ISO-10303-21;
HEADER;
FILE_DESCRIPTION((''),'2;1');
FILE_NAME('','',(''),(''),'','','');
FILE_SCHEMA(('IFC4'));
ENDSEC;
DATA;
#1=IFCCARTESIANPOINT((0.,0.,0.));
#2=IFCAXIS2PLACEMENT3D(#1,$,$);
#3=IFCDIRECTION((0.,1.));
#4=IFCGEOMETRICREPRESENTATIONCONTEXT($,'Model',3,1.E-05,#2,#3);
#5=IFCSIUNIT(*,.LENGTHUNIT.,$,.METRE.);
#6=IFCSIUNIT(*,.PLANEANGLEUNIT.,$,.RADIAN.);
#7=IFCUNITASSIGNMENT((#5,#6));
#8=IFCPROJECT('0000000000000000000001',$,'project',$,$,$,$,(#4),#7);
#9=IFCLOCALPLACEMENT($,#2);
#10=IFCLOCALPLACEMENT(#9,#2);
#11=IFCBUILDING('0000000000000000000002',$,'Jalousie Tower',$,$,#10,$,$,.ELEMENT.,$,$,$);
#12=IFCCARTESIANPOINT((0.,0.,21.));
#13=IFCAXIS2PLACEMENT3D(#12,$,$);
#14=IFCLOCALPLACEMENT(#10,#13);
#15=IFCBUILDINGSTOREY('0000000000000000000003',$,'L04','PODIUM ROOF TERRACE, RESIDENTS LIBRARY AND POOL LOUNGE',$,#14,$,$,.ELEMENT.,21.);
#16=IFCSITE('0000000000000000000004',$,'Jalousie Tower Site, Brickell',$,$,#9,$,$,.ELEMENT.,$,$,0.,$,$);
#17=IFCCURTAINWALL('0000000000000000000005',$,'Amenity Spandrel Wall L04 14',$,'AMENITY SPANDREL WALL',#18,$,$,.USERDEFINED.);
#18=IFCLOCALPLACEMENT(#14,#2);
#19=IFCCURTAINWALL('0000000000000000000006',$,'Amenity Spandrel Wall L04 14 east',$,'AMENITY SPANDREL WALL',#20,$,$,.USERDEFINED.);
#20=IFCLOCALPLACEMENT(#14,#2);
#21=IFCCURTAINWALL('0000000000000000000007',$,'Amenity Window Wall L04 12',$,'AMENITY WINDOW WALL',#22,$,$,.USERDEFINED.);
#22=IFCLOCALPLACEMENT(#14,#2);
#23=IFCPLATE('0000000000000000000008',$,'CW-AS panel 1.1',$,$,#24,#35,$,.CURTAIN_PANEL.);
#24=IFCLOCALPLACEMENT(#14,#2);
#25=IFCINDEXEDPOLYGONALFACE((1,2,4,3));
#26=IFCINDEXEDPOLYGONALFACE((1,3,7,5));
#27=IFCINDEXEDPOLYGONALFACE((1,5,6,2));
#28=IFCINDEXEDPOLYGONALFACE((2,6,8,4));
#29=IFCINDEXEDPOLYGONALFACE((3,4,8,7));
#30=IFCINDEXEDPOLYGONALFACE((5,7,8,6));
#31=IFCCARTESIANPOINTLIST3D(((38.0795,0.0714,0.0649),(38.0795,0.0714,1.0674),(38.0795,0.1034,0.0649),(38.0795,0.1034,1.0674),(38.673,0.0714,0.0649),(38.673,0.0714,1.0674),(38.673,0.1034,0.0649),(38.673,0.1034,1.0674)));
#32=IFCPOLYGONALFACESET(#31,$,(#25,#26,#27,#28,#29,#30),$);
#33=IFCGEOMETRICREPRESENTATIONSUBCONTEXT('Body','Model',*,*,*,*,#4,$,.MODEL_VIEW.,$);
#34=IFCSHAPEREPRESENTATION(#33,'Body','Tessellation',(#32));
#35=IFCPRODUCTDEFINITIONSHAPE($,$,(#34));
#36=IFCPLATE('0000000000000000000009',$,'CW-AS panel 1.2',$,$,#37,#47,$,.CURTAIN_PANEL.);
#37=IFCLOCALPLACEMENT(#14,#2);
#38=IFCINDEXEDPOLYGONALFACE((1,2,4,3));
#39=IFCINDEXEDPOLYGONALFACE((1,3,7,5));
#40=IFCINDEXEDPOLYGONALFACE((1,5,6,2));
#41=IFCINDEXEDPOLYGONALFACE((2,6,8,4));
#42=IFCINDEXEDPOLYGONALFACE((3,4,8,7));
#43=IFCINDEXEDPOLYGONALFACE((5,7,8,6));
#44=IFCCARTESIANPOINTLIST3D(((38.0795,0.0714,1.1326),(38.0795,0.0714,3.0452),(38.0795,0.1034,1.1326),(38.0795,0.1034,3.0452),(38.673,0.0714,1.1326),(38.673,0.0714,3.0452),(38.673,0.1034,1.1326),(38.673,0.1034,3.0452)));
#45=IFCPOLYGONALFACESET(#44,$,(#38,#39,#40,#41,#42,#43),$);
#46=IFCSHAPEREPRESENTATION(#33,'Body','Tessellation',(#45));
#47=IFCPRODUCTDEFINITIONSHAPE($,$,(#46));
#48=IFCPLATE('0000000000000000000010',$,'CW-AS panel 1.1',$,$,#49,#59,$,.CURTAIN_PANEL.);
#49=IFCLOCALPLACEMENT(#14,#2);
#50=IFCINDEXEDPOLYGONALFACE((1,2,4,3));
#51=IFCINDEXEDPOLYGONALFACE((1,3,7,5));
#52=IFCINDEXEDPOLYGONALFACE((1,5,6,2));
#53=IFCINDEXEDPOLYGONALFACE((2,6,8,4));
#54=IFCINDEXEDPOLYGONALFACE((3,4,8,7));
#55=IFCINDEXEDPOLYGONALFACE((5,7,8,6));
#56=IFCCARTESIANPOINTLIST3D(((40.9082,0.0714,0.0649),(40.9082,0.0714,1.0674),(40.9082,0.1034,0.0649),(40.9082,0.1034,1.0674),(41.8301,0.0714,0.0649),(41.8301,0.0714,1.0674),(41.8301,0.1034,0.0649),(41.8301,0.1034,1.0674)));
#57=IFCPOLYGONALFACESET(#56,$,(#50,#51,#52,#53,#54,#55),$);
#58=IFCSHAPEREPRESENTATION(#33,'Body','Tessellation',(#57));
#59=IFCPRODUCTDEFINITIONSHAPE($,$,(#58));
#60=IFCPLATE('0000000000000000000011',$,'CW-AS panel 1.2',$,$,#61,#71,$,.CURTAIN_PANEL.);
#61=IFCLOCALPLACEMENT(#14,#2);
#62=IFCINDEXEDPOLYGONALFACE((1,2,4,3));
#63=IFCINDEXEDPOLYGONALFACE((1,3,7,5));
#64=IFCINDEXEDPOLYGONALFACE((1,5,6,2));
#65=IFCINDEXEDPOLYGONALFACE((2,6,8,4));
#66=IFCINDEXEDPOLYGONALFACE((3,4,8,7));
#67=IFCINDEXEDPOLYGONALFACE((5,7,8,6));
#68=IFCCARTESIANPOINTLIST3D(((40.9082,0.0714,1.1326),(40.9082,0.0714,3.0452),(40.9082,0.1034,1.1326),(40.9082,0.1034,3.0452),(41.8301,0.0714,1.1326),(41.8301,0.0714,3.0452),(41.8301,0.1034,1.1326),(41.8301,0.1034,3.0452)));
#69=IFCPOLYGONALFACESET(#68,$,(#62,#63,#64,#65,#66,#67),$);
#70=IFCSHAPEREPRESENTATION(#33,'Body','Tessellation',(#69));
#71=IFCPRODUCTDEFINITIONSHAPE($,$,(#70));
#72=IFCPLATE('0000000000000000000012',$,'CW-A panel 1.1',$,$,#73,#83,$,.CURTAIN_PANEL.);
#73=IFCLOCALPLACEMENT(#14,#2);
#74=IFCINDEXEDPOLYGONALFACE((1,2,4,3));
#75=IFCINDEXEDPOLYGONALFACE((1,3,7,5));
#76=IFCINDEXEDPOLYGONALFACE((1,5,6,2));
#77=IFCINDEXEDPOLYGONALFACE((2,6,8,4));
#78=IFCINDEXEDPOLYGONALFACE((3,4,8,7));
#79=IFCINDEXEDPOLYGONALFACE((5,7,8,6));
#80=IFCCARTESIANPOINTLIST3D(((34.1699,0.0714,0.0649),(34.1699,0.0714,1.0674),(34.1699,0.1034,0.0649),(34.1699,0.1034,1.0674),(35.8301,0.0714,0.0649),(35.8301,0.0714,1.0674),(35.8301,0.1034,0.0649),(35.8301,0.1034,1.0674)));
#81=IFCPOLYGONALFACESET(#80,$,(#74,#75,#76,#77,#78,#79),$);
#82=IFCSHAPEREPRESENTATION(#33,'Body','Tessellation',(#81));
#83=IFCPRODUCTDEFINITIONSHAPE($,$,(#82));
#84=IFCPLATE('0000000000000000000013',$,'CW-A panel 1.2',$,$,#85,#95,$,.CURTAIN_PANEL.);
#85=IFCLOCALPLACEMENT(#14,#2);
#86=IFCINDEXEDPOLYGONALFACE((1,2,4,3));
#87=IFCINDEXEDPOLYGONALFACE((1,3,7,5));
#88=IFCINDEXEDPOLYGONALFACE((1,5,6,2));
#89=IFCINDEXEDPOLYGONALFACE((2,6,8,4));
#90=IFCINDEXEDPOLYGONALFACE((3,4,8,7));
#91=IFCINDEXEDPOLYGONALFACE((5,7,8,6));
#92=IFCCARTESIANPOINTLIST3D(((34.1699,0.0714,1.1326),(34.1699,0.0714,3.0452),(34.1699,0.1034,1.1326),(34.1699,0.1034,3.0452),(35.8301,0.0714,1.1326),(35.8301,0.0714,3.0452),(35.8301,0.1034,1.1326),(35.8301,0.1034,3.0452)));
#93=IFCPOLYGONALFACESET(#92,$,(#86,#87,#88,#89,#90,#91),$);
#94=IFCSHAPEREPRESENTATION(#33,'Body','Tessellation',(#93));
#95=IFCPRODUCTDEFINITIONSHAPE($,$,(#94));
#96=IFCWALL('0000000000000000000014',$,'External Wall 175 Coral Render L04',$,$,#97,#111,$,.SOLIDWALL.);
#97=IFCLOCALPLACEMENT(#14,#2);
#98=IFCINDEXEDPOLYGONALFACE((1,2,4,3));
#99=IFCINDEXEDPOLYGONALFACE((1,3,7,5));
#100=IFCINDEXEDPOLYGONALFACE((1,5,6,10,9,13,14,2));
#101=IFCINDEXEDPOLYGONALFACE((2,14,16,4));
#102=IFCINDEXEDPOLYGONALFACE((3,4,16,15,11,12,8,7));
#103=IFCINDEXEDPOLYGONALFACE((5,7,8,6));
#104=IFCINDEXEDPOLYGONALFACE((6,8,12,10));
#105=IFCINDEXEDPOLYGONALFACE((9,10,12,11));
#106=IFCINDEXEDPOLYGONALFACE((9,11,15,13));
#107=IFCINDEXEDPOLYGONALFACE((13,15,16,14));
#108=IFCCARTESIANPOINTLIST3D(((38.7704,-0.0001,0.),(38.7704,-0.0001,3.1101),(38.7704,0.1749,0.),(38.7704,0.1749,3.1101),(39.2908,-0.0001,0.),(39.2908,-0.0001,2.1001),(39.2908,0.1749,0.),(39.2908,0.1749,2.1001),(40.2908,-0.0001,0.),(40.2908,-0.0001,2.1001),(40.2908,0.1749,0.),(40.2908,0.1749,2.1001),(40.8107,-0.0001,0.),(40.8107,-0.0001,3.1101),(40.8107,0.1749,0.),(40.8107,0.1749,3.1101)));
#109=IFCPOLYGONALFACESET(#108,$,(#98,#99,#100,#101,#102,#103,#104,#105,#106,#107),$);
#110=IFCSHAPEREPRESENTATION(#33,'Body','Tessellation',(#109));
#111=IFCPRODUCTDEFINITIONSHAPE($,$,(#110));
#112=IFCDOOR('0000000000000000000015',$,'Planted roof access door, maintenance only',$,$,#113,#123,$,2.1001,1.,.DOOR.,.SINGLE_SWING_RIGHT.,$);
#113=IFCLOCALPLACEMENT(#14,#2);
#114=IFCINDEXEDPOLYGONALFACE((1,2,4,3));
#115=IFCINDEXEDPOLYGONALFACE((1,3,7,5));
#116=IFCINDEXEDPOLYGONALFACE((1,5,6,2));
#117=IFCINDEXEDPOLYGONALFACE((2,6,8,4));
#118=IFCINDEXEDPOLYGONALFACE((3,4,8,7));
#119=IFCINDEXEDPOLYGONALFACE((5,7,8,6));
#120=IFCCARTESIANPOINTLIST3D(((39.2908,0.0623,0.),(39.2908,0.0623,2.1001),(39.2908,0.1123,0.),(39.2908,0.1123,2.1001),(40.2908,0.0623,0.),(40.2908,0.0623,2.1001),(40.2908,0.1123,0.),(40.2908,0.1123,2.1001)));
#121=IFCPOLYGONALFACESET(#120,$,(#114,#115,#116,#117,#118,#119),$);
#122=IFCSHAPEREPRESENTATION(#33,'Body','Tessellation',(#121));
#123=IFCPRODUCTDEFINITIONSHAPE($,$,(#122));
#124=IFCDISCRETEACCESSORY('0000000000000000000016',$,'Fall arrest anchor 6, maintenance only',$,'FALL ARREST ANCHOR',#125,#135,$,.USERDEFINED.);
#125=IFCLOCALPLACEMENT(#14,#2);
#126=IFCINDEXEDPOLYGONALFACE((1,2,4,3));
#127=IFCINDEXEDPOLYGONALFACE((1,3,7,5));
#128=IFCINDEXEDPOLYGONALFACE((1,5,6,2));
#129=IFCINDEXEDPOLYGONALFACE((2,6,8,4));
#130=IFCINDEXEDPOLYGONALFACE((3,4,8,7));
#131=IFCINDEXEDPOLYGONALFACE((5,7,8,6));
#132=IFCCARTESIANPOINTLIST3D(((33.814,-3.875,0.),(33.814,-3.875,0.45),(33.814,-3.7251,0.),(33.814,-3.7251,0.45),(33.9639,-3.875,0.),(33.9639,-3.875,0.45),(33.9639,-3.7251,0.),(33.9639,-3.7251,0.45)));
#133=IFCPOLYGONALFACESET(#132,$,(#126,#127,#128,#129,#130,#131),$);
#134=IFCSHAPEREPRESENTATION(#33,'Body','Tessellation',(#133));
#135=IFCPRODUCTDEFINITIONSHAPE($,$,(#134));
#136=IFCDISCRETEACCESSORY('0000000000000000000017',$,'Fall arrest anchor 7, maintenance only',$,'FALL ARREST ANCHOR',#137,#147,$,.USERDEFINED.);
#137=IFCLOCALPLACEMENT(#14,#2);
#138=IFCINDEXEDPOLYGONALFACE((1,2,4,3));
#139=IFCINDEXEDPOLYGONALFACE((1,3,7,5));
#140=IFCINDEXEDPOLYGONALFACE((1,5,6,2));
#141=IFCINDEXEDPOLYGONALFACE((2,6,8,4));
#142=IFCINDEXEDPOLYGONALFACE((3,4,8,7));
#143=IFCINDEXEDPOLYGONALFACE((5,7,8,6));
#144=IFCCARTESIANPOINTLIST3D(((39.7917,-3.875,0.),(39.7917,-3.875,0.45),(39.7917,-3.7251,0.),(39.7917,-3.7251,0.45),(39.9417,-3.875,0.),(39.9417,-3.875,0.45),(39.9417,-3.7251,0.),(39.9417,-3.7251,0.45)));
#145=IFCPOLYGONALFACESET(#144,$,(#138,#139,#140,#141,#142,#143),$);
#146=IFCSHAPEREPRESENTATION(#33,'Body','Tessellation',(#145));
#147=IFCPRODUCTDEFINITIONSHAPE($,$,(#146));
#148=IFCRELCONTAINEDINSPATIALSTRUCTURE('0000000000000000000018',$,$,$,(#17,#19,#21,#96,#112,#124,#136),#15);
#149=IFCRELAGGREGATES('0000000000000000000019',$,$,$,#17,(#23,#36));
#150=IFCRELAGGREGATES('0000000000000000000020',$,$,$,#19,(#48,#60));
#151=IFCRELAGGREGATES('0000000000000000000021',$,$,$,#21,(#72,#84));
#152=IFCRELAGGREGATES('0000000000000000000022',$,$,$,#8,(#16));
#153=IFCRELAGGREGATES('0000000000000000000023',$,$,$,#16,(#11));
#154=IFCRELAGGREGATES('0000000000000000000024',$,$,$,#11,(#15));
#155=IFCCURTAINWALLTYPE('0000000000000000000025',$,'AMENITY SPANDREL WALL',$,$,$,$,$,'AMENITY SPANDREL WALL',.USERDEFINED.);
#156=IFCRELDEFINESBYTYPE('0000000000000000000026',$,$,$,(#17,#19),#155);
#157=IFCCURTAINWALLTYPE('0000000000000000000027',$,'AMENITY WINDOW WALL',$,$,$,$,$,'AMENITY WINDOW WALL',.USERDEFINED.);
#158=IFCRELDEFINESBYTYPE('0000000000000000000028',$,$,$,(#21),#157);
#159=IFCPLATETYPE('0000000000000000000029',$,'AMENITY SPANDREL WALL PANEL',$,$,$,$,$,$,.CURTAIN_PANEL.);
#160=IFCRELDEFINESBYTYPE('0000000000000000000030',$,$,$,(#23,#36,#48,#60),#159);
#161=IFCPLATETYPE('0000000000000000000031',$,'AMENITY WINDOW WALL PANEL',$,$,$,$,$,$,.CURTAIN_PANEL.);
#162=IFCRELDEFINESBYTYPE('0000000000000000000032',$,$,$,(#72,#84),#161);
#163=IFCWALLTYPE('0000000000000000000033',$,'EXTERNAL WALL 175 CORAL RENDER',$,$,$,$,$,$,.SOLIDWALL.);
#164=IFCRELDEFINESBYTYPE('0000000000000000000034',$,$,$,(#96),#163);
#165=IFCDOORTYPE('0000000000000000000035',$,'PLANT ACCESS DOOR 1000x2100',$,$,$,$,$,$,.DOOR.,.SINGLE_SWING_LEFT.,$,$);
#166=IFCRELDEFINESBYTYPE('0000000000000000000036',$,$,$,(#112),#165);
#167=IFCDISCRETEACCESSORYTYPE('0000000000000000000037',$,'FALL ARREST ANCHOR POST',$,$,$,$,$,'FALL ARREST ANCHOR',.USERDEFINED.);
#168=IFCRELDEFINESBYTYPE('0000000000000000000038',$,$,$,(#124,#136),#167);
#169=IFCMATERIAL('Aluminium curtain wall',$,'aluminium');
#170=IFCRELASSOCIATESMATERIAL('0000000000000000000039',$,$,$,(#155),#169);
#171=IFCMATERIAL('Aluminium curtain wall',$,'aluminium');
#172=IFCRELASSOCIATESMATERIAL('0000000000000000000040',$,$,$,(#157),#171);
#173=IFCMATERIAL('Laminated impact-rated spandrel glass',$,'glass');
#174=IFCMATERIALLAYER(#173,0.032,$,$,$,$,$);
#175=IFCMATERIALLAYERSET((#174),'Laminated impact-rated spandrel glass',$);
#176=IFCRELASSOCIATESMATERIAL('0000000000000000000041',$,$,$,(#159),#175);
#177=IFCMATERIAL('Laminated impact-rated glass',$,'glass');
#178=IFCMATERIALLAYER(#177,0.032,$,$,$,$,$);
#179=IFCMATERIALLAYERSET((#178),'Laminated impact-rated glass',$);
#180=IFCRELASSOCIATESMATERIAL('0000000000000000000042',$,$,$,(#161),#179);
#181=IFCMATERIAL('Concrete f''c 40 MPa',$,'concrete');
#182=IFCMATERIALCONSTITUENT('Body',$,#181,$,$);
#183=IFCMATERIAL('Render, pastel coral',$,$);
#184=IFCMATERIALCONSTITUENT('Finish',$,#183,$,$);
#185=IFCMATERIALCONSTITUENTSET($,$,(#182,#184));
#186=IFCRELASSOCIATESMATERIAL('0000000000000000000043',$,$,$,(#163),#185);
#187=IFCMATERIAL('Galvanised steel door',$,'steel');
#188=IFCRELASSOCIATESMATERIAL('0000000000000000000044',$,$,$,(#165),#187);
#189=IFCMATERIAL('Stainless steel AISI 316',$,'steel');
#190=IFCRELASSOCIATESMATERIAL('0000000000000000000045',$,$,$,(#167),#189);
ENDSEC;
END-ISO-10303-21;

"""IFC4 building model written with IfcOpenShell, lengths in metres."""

from ifc_helpers import new_model, si_unit, direction, frame, frame_2d, origin, origin_2d, place, context, subcontext, project, spatial, rectangle, extrude, material, layer, layer_set, constituent, constituent_set, type_object, element, fill, aggregate, save


model = new_model("IFC4")

# Units and contexts
model_context = context("Model", 3, precision=1e-05, world=origin(), true_north=direction((0.0, 1.0)))
body_context = subcontext(model_context, "Body", "Model", "MODEL_VIEW")
ifc_project = project(units=[si_unit("LENGTHUNIT", "METRE"), si_unit("PLANEANGLEUNIT", "RADIAN")], contexts=[model_context])

# Site, building, storey
site_placement = place(None, origin())
site = spatial("IfcSite", under=ifc_project, at=site_placement, Name="Jalousie Tower Site, Brickell", CompositionType="ELEMENT", RefElevation=0.0)
building_placement = place(site_placement, origin())
building = spatial("IfcBuilding", under=site, at=building_placement, Name="Jalousie Tower", CompositionType="ELEMENT")
storey_placement = place(building_placement, frame((0.0, 0.0, 21.0)))
storey = spatial("IfcBuildingStorey", under=building, at=storey_placement, Name="L04", Description="PODIUM ROOF TERRACE, RESIDENTS LIBRARY AND POOL LOUNGE", CompositionType="ELEMENT", Elevation=21.0)

# Curtain wall
ifc_material_1 = material(Name="Aluminium curtain wall", Category="aluminium")
curtain_wall_type_1 = type_object("IfcCurtainWallType", Name="AMENITY SPANDREL WALL", ElementType="AMENITY SPANDREL WALL", PredefinedType="USERDEFINED", material=ifc_material_1)
curtain_wall_1_placement = place(storey_placement, origin())
curtain_wall_1 = element("IfcCurtainWall", 1, at=curtain_wall_1_placement, inside=storey, type_object=curtain_wall_type_1, Name="Amenity Spandrel Wall L04 14", ObjectType="AMENITY SPANDREL WALL", PredefinedType="USERDEFINED")

# Curtain wall
curtain_wall_2_placement = place(storey_placement, origin())
curtain_wall_2 = element("IfcCurtainWall", 2, at=curtain_wall_2_placement, inside=storey, type_object=curtain_wall_type_1, Name="Amenity Spandrel Wall L04 14 east", ObjectType="AMENITY SPANDREL WALL", PredefinedType="USERDEFINED")

# Shared definitions
ifc_material_2 = material(Name="Aluminium curtain wall", Category="aluminium")
curtain_wall_type_2 = type_object("IfcCurtainWallType", Name="AMENITY WINDOW WALL", ElementType="AMENITY WINDOW WALL", PredefinedType="USERDEFINED", material=ifc_material_2)

# Curtain wall
curtain_wall_3_placement = place(storey_placement, origin())
curtain_wall_3 = element("IfcCurtainWall", 3, at=curtain_wall_3_placement, inside=storey, type_object=curtain_wall_type_2, Name="Amenity Window Wall L04 12", ObjectType="AMENITY WINDOW WALL", PredefinedType="USERDEFINED")

# Plates
ifc_material_3 = material(Name="Laminated impact-rated spandrel glass", Category="glass")
ifc_layer_1 = layer(ifc_material_3, 0.032)
ifc_layer_set_1 = layer_set([ifc_layer_1], Name="Laminated impact-rated spandrel glass")
plate_type_1 = type_object("IfcPlateType", Name="AMENITY SPANDREL WALL PANEL", PredefinedType="CURTAIN_PANEL", material=ifc_layer_set_1)
plate_1_placement = place(storey_placement, frame((38.3762, 0.0874, 0.0649), z_axis=(0.0, 0.0, 1.0), x_axis=(1.0, 0.0, 0.0)))
plate_1 = element("IfcPlate", 4, at=plate_1_placement, type_object=plate_type_1, Name="CW-AS panel 1.1", PredefinedType="CURTAIN_PANEL", context=body_context, shape_type="SweptSolid", body=[
    extrude(rectangle(XDim=0.5935, YDim=0.032, at=origin_2d()), origin(), (0.0, 0.0, 1.0), 1.0024),
])
plate_2_placement = place(storey_placement, frame((38.3762, 0.0874, 1.1326), z_axis=(0.0, 0.0, 1.0), x_axis=(1.0, 0.0, 0.0)))
plate_2 = element("IfcPlate", 5, at=plate_2_placement, type_object=plate_type_1, Name="CW-AS panel 1.2", PredefinedType="CURTAIN_PANEL", context=body_context, shape_type="SweptSolid", body=[
    extrude(rectangle(XDim=0.5935, YDim=0.032, at=origin_2d()), origin(), (0.0, 0.0, 1.0), 1.9126),
])
aggregate(curtain_wall_1, [plate_1, plate_2])
plate_3_placement = place(storey_placement, frame((41.3691, 0.0874, 0.0649), z_axis=(0.0, 0.0, 1.0), x_axis=(1.0, 0.0, 0.0)))
plate_3 = element("IfcPlate", 6, at=plate_3_placement, type_object=plate_type_1, Name="CW-AS panel 1.1", PredefinedType="CURTAIN_PANEL", context=body_context, shape_type="SweptSolid", body=[
    extrude(rectangle(XDim=0.9219, YDim=0.032, at=origin_2d()), origin(), (0.0, 0.0, 1.0), 1.0024),
])
plate_4_placement = place(storey_placement, frame((41.3691, 0.0874, 1.1326), z_axis=(0.0, 0.0, 1.0), x_axis=(1.0, 0.0, 0.0)))
plate_4 = element("IfcPlate", 7, at=plate_4_placement, type_object=plate_type_1, Name="CW-AS panel 1.2", PredefinedType="CURTAIN_PANEL", context=body_context, shape_type="SweptSolid", body=[
    extrude(rectangle(XDim=0.9219, YDim=0.032, at=origin_2d()), origin(), (0.0, 0.0, 1.0), 1.9126),
])
aggregate(curtain_wall_2, [plate_3, plate_4])
ifc_material_4 = material(Name="Laminated impact-rated glass", Category="glass")
ifc_layer_2 = layer(ifc_material_4, 0.032)
ifc_layer_set_2 = layer_set([ifc_layer_2], Name="Laminated impact-rated glass")
plate_type_2 = type_object("IfcPlateType", Name="AMENITY WINDOW WALL PANEL", PredefinedType="CURTAIN_PANEL", material=ifc_layer_set_2)
plate_5_placement = place(storey_placement, frame((35.0, 0.0874, 0.0649), z_axis=(0.0, 0.0, 1.0), x_axis=(1.0, 0.0, 0.0)))
plate_5 = element("IfcPlate", 8, at=plate_5_placement, type_object=plate_type_2, Name="CW-A panel 1.1", PredefinedType="CURTAIN_PANEL", context=body_context, shape_type="SweptSolid", body=[
    extrude(rectangle(XDim=1.6602, YDim=0.032, at=origin_2d()), origin(), (0.0, 0.0, 1.0), 1.0024),
])
plate_6_placement = place(storey_placement, frame((35.0, 0.0874, 1.1326), z_axis=(0.0, 0.0, 1.0), x_axis=(1.0, 0.0, 0.0)))
plate_6 = element("IfcPlate", 9, at=plate_6_placement, type_object=plate_type_2, Name="CW-A panel 1.2", PredefinedType="CURTAIN_PANEL", context=body_context, shape_type="SweptSolid", body=[
    extrude(rectangle(XDim=1.6602, YDim=0.032, at=origin_2d()), origin(), (0.0, 0.0, 1.0), 1.9126),
])
aggregate(curtain_wall_3, [plate_5, plate_6])

# Wall, opening, door
ifc_material_5 = material(Name="Concrete f'c 40 MPa", Category="concrete")
ifc_constituent_1 = constituent(ifc_material_5, Name="Body")
ifc_material_6 = material(Name="Render, pastel coral")
ifc_constituent_2 = constituent(ifc_material_6, Name="Finish")
ifc_constituent_set = constituent_set(constituents=[ifc_constituent_1, ifc_constituent_2])
wall_type = type_object("IfcWallType", Name="EXTERNAL WALL 175 CORAL RENDER", PredefinedType="SOLIDWALL", material=ifc_constituent_set)
wall_placement = place(storey_placement, frame((38.7705, 0.0874, 0.0), z_axis=(0.0, 0.0, 1.0), x_axis=(1.0, 0.0, 0.0)))
wall = element("IfcWall", 10, at=wall_placement, inside=storey, type_object=wall_type, Name="External Wall 175 Coral Render L04", PredefinedType="SOLIDWALL", context=body_context, shape_type="SweptSolid", body=[
    extrude(rectangle(XDim=2.0403, YDim=0.175, at=frame_2d((1.02, 0.0))), origin(), (0.0, 0.0, 1.0), 3.1101),
])
opening_placement = place(wall_placement, frame((0.5203, 0.0, 0.0)))
opening = element("IfcOpeningElement", 11, at=opening_placement, cuts=wall, PredefinedType="OPENING", context=body_context, shape_type="SweptSolid", body=[
    extrude(rectangle(XDim=1.0, YDim=2.1001, at=frame_2d((0.5, 1.05))), frame((0.0, 0.0974, 0.0), z_axis=(0.0, -1.0, 0.0), x_axis=(1.0, 0.0, 0.0)), (0.0, 0.0, 1.0), 0.1951),
])
ifc_material_7 = material(Name="Galvanised steel door", Category="steel")
door_type = type_object("IfcDoorType", Name="PLANT ACCESS DOOR 1000x2100", OperationType="SINGLE_SWING_LEFT", PredefinedType="DOOR", material=ifc_material_7)
door_placement = place(opening_placement, origin())
door = element("IfcDoor", 12, at=door_placement, inside=storey, type_object=door_type, Name="Planted roof access door, maintenance only", OperationType="SINGLE_SWING_RIGHT", OverallHeight=2.1001, OverallWidth=1.0, PredefinedType="DOOR", context=body_context, shape_type="SweptSolid", body=[
    extrude(rectangle(XDim=1.0, YDim=2.1001, at=frame_2d((0.5, 1.05))), frame((0.0, 0.0249, 0.0), z_axis=(0.0, -1.0, 0.0), x_axis=(1.0, 0.0, 0.0)), (0.0, 0.0, 1.0), 0.05),
])
fill(opening, door)

# Discrete accessories
ifc_material_8 = material(Name="Stainless steel AISI 316", Category="steel")
discrete_accessory_type = type_object("IfcDiscreteAccessoryType", Name="FALL ARREST ANCHOR POST", ElementType="FALL ARREST ANCHOR", PredefinedType="USERDEFINED", material=ifc_material_8)
for number, where, z_axis, x_axis, name in (
    (13, (33.8889, -3.8, 0.0), (0.0, 0.0, 1.0), (1.0, 0.0, 0.0), "Fall arrest anchor 6, maintenance only"),
    (14, (39.8667, -3.8, 0.0), (0.0, 0.0, 1.0), (1.0, 0.0, 0.0), "Fall arrest anchor 7, maintenance only"),
):
    element("IfcDiscreteAccessory", number, at=place(storey_placement, frame(where, z_axis=z_axis, x_axis=x_axis)), inside=storey, type_object=discrete_accessory_type, Name=name, ObjectType="FALL ARREST ANCHOR", PredefinedType="USERDEFINED", context=body_context, shape_type="SweptSolid", body=[
        extrude(rectangle(XDim=0.1499, YDim=0.1499, at=origin_2d()), origin(), (0.0, 0.0, 1.0), 0.45),
    ])

save(model, "model.ifc")
